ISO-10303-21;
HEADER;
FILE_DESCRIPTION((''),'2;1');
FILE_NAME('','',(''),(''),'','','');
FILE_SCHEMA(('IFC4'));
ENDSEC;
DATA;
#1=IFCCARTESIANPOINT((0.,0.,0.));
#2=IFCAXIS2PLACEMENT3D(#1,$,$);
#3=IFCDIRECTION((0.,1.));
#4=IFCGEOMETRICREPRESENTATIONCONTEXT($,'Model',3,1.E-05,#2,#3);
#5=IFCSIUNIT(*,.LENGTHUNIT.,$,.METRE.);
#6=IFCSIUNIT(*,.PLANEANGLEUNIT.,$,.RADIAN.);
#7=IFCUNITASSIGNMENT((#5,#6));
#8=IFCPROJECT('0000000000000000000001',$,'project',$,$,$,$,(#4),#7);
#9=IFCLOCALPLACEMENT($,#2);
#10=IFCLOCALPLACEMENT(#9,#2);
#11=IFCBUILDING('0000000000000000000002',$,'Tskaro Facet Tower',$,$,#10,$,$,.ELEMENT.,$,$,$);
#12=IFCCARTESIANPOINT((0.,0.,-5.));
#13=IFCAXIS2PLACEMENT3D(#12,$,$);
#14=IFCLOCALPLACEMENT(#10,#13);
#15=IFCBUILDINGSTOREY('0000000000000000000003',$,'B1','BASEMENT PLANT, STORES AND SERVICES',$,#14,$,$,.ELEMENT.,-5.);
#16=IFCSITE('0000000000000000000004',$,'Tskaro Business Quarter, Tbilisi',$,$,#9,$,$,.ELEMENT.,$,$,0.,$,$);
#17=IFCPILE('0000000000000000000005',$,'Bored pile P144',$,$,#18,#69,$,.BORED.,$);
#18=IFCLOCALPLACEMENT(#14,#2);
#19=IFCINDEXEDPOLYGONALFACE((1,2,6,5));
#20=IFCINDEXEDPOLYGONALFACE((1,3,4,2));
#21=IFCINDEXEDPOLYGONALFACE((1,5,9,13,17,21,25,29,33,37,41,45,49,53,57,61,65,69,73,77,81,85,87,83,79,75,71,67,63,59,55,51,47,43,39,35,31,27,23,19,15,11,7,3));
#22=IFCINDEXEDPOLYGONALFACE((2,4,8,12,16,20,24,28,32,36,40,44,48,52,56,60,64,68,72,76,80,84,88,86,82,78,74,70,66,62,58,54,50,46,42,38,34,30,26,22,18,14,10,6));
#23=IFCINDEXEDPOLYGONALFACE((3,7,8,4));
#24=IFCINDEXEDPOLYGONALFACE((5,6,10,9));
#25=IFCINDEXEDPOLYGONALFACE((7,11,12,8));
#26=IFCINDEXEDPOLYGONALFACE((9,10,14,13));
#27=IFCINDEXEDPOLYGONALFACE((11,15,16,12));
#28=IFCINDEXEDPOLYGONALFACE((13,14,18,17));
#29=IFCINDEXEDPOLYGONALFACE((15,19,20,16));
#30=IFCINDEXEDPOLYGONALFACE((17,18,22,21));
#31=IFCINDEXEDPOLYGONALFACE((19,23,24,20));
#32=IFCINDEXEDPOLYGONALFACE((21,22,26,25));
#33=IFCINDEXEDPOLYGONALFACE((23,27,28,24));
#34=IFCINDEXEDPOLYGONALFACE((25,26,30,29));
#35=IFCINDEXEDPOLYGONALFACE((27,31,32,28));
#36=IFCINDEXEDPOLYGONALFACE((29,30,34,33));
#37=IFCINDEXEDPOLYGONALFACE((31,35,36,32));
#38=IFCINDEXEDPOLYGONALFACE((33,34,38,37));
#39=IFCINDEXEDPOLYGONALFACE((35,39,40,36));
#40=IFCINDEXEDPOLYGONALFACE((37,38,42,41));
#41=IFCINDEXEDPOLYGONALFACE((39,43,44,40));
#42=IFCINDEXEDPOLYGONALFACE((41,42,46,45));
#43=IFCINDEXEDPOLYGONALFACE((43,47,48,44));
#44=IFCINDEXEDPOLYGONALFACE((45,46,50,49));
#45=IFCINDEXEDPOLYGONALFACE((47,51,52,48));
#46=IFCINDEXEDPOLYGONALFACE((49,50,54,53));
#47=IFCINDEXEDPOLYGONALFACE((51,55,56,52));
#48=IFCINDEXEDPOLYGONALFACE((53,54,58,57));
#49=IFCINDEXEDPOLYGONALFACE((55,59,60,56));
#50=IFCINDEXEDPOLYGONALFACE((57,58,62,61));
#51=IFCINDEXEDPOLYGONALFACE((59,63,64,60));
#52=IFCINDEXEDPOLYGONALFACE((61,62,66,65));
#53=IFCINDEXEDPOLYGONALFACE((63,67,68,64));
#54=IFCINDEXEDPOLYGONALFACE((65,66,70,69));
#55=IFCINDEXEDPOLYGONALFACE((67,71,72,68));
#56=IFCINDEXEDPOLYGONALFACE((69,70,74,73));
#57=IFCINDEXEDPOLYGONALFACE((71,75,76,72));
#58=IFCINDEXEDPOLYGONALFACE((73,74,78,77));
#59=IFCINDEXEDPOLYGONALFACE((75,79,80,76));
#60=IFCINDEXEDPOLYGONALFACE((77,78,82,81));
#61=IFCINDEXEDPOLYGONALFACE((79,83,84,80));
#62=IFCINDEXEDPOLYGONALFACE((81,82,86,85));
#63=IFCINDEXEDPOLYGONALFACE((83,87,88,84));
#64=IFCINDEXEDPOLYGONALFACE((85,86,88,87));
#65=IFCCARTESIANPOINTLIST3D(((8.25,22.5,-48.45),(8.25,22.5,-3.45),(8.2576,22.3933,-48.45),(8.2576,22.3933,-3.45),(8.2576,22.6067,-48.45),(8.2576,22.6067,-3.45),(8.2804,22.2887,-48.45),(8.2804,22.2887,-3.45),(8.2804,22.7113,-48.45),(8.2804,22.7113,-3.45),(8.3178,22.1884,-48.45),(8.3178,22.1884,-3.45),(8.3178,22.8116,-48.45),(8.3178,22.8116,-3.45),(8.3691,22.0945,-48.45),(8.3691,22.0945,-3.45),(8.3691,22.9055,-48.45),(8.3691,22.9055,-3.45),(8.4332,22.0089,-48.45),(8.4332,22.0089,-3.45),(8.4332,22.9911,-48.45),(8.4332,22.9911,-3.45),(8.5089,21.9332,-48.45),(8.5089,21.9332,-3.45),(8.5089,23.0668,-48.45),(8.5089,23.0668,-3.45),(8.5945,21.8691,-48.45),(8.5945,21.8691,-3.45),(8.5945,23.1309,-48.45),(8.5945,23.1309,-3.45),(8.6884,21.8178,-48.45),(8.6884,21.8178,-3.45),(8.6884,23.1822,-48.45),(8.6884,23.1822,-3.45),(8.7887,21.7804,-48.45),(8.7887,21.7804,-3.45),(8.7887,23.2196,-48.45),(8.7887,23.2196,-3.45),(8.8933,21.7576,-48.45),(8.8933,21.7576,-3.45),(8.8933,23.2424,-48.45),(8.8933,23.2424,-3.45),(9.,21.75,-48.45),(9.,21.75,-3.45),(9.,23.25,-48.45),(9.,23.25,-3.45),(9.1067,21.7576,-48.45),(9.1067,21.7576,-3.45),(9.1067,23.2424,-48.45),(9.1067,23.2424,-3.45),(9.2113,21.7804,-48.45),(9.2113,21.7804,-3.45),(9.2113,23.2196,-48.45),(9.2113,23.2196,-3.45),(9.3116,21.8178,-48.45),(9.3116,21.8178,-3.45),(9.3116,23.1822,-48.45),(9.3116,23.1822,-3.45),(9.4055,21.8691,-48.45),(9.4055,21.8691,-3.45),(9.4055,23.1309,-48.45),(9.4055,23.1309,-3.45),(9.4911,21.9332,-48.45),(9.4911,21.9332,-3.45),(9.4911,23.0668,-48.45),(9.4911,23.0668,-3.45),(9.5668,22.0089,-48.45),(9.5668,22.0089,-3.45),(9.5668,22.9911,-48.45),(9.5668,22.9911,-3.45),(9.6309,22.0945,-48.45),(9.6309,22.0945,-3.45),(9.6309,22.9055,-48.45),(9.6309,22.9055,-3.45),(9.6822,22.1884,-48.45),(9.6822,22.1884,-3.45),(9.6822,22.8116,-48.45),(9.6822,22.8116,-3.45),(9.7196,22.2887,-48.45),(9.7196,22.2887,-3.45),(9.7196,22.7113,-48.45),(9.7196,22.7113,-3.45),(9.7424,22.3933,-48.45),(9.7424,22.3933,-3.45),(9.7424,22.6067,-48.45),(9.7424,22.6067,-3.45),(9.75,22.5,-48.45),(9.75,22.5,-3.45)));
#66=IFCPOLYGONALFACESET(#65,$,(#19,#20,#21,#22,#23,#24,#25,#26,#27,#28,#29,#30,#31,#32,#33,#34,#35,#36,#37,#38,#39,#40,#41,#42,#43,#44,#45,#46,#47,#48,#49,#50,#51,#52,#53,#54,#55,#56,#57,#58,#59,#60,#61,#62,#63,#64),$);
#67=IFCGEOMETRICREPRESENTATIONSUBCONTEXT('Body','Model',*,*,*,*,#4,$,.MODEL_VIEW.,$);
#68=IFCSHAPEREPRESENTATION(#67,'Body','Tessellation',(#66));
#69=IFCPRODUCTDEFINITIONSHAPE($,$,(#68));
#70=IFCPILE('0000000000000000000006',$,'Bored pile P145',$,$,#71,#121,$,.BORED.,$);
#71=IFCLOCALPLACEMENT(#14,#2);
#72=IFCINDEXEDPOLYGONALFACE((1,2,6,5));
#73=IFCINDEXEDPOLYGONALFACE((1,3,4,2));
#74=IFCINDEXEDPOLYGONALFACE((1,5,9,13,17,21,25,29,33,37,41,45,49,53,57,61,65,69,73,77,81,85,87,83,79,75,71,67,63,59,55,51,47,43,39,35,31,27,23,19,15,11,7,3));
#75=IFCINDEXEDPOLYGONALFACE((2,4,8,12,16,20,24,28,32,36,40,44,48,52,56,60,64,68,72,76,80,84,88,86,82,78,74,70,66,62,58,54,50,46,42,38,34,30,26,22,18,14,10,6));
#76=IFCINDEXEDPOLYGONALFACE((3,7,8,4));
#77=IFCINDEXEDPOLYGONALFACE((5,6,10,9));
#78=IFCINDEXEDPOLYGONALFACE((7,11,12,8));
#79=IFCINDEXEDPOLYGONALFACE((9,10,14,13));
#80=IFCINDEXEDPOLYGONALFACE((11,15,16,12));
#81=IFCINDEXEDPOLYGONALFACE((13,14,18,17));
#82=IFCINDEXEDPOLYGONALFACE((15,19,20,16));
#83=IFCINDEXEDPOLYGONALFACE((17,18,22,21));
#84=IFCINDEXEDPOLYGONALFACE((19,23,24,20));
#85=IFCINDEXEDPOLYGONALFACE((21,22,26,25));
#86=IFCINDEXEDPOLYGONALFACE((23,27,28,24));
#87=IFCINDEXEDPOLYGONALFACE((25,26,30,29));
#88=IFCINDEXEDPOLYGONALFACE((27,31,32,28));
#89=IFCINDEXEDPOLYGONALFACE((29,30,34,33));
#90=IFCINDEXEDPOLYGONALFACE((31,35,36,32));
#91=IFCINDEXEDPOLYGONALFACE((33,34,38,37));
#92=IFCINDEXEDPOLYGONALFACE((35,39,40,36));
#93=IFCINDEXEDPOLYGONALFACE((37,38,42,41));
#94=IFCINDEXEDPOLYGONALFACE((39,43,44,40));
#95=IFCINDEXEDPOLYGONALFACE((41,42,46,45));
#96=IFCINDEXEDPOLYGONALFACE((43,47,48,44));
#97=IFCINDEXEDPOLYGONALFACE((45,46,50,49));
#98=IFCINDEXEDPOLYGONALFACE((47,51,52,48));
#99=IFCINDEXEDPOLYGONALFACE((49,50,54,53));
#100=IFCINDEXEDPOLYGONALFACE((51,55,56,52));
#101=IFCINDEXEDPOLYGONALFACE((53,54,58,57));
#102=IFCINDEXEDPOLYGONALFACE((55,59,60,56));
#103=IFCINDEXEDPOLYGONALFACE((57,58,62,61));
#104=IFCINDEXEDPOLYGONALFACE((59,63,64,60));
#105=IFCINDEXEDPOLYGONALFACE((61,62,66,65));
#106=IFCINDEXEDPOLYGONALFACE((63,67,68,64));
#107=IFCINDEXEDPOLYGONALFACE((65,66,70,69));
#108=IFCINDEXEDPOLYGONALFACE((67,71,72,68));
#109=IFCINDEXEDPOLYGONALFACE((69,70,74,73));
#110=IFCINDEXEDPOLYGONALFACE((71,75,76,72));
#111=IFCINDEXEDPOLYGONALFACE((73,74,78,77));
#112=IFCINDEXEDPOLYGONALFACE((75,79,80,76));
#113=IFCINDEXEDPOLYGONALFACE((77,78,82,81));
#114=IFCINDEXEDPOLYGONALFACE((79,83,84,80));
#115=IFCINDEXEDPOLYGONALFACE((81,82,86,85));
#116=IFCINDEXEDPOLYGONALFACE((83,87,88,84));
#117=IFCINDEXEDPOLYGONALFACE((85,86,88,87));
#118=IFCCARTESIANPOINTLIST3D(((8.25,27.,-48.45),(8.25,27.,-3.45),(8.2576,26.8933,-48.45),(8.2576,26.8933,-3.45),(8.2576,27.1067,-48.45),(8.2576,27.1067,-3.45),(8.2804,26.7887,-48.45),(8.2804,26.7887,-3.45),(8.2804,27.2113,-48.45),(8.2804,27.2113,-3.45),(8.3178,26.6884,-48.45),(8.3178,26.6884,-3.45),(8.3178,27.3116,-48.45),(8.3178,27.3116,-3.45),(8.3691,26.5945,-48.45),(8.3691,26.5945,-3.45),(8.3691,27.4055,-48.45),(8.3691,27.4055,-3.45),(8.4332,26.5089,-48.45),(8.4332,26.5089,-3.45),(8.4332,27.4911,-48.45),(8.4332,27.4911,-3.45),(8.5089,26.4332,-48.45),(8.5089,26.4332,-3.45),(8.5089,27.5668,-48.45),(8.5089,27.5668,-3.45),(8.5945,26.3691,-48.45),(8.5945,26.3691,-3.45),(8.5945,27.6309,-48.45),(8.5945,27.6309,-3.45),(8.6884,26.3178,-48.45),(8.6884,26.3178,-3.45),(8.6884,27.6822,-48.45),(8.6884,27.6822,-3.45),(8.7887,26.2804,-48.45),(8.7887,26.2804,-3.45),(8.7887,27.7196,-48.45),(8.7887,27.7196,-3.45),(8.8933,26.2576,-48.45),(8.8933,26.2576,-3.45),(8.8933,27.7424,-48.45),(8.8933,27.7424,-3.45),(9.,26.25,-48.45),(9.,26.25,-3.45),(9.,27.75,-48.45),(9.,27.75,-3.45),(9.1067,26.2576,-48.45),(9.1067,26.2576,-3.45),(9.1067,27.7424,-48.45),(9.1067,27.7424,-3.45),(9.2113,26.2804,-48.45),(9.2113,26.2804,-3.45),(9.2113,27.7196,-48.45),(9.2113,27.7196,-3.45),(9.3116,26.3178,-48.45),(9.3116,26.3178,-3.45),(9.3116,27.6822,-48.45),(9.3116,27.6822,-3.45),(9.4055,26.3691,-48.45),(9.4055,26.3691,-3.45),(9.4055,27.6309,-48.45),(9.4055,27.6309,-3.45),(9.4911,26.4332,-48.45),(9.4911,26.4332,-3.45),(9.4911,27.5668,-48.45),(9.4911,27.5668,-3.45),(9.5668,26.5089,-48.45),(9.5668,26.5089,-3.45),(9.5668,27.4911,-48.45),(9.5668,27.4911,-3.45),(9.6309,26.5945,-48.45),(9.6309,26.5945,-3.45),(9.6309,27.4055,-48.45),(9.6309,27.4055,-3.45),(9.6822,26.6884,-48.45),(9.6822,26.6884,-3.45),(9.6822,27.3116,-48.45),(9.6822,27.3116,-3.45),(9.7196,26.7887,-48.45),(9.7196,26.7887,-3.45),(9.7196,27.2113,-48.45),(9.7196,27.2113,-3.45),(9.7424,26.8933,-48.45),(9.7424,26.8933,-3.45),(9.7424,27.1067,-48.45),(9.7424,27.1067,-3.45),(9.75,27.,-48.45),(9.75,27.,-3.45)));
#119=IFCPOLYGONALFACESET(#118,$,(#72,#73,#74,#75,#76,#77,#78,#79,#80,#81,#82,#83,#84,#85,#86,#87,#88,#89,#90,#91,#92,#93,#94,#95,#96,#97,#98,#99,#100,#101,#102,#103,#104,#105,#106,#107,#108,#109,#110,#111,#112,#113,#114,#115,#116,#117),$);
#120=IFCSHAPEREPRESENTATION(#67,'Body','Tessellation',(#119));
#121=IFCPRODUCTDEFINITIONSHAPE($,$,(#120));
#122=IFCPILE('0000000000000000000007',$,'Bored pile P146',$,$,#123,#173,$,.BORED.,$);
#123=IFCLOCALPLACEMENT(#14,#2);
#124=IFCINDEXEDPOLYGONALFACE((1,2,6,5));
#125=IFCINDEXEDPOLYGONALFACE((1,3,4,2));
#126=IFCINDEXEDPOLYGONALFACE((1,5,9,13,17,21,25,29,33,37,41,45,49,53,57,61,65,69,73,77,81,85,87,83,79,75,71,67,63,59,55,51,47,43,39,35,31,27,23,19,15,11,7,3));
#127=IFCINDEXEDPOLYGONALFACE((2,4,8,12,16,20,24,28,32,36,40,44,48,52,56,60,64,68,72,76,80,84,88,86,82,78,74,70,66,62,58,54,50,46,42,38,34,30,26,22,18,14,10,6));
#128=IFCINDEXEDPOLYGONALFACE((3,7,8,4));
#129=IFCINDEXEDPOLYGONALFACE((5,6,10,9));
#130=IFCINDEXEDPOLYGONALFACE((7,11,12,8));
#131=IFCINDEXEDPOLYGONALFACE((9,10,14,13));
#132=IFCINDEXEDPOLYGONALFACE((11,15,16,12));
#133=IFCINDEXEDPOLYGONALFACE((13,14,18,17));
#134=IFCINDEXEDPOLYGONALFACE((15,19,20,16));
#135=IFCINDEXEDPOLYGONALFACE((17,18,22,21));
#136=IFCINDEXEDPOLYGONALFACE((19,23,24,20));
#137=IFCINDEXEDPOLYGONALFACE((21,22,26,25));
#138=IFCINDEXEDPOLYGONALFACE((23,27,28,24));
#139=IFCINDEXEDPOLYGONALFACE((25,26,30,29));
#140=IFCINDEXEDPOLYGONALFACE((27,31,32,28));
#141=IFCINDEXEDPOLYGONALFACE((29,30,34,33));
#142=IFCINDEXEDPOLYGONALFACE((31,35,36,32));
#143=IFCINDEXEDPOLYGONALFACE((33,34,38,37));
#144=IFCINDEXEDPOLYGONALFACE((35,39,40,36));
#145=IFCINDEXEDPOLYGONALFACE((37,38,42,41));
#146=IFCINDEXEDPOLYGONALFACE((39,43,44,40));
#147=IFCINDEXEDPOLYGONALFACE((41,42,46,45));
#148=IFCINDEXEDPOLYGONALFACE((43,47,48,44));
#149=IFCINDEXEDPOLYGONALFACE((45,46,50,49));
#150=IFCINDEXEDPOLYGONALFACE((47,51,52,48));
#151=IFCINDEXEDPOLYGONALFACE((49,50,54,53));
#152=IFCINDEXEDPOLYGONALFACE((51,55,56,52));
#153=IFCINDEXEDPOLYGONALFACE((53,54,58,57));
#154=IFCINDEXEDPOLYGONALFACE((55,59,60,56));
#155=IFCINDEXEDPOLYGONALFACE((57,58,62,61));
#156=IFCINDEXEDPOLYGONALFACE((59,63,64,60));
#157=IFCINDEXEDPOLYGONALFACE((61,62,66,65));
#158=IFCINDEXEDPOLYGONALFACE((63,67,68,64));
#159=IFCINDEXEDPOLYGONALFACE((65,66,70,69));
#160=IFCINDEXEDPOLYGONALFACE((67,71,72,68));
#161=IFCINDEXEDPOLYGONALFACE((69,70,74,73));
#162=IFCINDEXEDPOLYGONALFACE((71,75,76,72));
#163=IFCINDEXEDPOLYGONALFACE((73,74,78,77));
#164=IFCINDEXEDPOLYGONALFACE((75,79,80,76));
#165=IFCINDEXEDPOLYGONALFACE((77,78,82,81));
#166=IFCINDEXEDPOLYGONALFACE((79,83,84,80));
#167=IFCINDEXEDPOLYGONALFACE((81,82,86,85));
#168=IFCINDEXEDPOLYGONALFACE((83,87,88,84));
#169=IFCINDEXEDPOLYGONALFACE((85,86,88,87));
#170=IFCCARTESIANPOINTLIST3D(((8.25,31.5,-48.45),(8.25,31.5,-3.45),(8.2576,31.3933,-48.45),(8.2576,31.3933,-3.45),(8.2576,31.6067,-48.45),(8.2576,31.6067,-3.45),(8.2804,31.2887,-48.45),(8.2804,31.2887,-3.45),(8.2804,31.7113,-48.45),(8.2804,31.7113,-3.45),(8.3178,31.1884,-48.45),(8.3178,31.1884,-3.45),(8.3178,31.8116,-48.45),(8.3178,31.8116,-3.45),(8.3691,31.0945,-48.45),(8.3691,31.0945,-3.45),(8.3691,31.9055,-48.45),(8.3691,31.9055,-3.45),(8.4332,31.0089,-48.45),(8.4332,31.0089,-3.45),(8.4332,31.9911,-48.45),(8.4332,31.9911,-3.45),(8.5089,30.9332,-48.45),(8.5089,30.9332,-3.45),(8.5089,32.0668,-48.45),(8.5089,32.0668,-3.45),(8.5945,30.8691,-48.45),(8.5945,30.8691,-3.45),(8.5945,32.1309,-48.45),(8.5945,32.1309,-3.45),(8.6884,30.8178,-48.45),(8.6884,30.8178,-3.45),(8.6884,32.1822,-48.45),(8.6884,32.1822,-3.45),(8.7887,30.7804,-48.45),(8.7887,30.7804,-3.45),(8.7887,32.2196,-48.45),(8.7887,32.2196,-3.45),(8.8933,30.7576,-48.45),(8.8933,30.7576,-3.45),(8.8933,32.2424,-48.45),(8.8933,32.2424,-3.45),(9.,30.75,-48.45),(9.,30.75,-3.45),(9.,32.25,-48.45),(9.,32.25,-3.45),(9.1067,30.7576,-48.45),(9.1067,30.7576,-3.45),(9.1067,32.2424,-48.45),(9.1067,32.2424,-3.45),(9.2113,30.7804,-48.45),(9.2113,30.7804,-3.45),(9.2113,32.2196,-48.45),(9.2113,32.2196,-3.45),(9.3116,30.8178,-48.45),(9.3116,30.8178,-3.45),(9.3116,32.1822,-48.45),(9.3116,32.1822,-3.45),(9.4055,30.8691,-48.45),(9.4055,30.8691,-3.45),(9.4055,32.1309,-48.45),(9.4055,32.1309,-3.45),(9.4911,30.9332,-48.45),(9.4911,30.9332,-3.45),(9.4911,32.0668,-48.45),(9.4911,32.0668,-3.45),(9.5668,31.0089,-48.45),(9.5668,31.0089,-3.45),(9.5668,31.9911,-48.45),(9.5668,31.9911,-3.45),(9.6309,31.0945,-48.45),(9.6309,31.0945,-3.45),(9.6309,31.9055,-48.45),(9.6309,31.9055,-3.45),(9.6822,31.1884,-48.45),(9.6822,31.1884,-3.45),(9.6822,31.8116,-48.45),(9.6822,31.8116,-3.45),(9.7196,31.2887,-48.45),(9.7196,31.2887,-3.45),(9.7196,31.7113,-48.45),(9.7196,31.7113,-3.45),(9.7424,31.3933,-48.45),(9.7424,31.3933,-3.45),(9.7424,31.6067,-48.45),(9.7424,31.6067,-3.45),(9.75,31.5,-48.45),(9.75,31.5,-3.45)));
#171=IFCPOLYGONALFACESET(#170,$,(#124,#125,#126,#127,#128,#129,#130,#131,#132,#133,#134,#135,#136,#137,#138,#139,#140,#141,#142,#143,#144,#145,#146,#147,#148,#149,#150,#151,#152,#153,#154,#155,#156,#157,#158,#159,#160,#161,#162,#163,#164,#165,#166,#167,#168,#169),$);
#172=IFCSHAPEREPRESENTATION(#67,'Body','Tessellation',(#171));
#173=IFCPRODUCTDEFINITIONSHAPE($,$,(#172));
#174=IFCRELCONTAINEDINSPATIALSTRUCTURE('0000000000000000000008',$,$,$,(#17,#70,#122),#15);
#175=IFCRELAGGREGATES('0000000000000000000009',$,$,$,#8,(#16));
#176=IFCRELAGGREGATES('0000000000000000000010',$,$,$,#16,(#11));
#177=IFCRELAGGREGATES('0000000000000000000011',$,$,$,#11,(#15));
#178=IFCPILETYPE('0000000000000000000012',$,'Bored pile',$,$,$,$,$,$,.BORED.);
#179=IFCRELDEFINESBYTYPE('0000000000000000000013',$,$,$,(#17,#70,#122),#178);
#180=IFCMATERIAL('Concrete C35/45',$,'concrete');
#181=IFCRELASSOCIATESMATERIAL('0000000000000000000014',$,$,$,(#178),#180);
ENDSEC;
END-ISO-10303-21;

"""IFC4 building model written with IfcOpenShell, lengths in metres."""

from ifc_helpers import new_model, si_unit, direction, frame, origin, origin_2d, place, context, subcontext, project, spatial, circle, extrude, material, material_profile, profile_set, type_object, element, save


model = new_model("IFC4")

# Units and contexts
model_context = context("Model", 3, precision=1e-05, world=origin(), true_north=direction((0.0, 1.0)))
body_context = subcontext(model_context, "Body", "Model", "MODEL_VIEW")
ifc_project = project(units=[si_unit("LENGTHUNIT", "METRE"), si_unit("PLANEANGLEUNIT", "RADIAN")], contexts=[model_context])

# Site, building, storey
site_placement = place(None, origin())
site = spatial("IfcSite", under=ifc_project, at=site_placement, Name="Tskaro Business Quarter, Tbilisi", CompositionType="ELEMENT", RefElevation=0.0)
building_placement = place(site_placement, origin())
building = spatial("IfcBuilding", under=site, at=building_placement, Name="Tskaro Facet Tower", CompositionType="ELEMENT")
storey_placement = place(building_placement, frame((0.0, 0.0, -5.0)))
storey = spatial("IfcBuildingStorey", under=building, at=storey_placement, Name="B1", Description="BASEMENT PLANT, STORES AND SERVICES", CompositionType="ELEMENT", Elevation=-5.0)

# Piles
ifc_material_1 = material(Name="Concrete C35/45", Category="concrete")
ifc_material_profile_1 = material_profile(ifc_material_1, circle(Radius=0.75, at=origin_2d()), Name="Bored pile")
ifc_profile_set_1 = profile_set([ifc_material_profile_1], Name="Concrete C35/45")
pile_type = type_object("IfcPileType", Name="Bored pile", PredefinedType="BORED", material=ifc_profile_set_1)
for number, where, z_axis, x_axis, name in (
    (1, (9.0, 22.5, -3.45), (0.0, 0.0, -1.0), (1.0, 0.0, 0.0), "Bored pile P144"),
    (2, (9.0, 27.0, -3.45), (0.0, 0.0, -1.0), (1.0, 0.0, 0.0), "Bored pile P145"),
    (3, (9.0, 31.5, -3.45), (0.0, 0.0, -1.0), (1.0, 0.0, 0.0), "Bored pile P146"),
):
    element("IfcPile", number, at=place(storey_placement, frame(where, z_axis=z_axis, x_axis=x_axis)), inside=storey, type_object=pile_type, Name=name, PredefinedType="BORED", context=body_context, shape_type="SweptSolid", body=[
        extrude(circle(Radius=0.75, at=origin_2d()), origin(), (0.0, 0.0, 1.0), 45.0),
    ])

save(model, "model.ifc")
